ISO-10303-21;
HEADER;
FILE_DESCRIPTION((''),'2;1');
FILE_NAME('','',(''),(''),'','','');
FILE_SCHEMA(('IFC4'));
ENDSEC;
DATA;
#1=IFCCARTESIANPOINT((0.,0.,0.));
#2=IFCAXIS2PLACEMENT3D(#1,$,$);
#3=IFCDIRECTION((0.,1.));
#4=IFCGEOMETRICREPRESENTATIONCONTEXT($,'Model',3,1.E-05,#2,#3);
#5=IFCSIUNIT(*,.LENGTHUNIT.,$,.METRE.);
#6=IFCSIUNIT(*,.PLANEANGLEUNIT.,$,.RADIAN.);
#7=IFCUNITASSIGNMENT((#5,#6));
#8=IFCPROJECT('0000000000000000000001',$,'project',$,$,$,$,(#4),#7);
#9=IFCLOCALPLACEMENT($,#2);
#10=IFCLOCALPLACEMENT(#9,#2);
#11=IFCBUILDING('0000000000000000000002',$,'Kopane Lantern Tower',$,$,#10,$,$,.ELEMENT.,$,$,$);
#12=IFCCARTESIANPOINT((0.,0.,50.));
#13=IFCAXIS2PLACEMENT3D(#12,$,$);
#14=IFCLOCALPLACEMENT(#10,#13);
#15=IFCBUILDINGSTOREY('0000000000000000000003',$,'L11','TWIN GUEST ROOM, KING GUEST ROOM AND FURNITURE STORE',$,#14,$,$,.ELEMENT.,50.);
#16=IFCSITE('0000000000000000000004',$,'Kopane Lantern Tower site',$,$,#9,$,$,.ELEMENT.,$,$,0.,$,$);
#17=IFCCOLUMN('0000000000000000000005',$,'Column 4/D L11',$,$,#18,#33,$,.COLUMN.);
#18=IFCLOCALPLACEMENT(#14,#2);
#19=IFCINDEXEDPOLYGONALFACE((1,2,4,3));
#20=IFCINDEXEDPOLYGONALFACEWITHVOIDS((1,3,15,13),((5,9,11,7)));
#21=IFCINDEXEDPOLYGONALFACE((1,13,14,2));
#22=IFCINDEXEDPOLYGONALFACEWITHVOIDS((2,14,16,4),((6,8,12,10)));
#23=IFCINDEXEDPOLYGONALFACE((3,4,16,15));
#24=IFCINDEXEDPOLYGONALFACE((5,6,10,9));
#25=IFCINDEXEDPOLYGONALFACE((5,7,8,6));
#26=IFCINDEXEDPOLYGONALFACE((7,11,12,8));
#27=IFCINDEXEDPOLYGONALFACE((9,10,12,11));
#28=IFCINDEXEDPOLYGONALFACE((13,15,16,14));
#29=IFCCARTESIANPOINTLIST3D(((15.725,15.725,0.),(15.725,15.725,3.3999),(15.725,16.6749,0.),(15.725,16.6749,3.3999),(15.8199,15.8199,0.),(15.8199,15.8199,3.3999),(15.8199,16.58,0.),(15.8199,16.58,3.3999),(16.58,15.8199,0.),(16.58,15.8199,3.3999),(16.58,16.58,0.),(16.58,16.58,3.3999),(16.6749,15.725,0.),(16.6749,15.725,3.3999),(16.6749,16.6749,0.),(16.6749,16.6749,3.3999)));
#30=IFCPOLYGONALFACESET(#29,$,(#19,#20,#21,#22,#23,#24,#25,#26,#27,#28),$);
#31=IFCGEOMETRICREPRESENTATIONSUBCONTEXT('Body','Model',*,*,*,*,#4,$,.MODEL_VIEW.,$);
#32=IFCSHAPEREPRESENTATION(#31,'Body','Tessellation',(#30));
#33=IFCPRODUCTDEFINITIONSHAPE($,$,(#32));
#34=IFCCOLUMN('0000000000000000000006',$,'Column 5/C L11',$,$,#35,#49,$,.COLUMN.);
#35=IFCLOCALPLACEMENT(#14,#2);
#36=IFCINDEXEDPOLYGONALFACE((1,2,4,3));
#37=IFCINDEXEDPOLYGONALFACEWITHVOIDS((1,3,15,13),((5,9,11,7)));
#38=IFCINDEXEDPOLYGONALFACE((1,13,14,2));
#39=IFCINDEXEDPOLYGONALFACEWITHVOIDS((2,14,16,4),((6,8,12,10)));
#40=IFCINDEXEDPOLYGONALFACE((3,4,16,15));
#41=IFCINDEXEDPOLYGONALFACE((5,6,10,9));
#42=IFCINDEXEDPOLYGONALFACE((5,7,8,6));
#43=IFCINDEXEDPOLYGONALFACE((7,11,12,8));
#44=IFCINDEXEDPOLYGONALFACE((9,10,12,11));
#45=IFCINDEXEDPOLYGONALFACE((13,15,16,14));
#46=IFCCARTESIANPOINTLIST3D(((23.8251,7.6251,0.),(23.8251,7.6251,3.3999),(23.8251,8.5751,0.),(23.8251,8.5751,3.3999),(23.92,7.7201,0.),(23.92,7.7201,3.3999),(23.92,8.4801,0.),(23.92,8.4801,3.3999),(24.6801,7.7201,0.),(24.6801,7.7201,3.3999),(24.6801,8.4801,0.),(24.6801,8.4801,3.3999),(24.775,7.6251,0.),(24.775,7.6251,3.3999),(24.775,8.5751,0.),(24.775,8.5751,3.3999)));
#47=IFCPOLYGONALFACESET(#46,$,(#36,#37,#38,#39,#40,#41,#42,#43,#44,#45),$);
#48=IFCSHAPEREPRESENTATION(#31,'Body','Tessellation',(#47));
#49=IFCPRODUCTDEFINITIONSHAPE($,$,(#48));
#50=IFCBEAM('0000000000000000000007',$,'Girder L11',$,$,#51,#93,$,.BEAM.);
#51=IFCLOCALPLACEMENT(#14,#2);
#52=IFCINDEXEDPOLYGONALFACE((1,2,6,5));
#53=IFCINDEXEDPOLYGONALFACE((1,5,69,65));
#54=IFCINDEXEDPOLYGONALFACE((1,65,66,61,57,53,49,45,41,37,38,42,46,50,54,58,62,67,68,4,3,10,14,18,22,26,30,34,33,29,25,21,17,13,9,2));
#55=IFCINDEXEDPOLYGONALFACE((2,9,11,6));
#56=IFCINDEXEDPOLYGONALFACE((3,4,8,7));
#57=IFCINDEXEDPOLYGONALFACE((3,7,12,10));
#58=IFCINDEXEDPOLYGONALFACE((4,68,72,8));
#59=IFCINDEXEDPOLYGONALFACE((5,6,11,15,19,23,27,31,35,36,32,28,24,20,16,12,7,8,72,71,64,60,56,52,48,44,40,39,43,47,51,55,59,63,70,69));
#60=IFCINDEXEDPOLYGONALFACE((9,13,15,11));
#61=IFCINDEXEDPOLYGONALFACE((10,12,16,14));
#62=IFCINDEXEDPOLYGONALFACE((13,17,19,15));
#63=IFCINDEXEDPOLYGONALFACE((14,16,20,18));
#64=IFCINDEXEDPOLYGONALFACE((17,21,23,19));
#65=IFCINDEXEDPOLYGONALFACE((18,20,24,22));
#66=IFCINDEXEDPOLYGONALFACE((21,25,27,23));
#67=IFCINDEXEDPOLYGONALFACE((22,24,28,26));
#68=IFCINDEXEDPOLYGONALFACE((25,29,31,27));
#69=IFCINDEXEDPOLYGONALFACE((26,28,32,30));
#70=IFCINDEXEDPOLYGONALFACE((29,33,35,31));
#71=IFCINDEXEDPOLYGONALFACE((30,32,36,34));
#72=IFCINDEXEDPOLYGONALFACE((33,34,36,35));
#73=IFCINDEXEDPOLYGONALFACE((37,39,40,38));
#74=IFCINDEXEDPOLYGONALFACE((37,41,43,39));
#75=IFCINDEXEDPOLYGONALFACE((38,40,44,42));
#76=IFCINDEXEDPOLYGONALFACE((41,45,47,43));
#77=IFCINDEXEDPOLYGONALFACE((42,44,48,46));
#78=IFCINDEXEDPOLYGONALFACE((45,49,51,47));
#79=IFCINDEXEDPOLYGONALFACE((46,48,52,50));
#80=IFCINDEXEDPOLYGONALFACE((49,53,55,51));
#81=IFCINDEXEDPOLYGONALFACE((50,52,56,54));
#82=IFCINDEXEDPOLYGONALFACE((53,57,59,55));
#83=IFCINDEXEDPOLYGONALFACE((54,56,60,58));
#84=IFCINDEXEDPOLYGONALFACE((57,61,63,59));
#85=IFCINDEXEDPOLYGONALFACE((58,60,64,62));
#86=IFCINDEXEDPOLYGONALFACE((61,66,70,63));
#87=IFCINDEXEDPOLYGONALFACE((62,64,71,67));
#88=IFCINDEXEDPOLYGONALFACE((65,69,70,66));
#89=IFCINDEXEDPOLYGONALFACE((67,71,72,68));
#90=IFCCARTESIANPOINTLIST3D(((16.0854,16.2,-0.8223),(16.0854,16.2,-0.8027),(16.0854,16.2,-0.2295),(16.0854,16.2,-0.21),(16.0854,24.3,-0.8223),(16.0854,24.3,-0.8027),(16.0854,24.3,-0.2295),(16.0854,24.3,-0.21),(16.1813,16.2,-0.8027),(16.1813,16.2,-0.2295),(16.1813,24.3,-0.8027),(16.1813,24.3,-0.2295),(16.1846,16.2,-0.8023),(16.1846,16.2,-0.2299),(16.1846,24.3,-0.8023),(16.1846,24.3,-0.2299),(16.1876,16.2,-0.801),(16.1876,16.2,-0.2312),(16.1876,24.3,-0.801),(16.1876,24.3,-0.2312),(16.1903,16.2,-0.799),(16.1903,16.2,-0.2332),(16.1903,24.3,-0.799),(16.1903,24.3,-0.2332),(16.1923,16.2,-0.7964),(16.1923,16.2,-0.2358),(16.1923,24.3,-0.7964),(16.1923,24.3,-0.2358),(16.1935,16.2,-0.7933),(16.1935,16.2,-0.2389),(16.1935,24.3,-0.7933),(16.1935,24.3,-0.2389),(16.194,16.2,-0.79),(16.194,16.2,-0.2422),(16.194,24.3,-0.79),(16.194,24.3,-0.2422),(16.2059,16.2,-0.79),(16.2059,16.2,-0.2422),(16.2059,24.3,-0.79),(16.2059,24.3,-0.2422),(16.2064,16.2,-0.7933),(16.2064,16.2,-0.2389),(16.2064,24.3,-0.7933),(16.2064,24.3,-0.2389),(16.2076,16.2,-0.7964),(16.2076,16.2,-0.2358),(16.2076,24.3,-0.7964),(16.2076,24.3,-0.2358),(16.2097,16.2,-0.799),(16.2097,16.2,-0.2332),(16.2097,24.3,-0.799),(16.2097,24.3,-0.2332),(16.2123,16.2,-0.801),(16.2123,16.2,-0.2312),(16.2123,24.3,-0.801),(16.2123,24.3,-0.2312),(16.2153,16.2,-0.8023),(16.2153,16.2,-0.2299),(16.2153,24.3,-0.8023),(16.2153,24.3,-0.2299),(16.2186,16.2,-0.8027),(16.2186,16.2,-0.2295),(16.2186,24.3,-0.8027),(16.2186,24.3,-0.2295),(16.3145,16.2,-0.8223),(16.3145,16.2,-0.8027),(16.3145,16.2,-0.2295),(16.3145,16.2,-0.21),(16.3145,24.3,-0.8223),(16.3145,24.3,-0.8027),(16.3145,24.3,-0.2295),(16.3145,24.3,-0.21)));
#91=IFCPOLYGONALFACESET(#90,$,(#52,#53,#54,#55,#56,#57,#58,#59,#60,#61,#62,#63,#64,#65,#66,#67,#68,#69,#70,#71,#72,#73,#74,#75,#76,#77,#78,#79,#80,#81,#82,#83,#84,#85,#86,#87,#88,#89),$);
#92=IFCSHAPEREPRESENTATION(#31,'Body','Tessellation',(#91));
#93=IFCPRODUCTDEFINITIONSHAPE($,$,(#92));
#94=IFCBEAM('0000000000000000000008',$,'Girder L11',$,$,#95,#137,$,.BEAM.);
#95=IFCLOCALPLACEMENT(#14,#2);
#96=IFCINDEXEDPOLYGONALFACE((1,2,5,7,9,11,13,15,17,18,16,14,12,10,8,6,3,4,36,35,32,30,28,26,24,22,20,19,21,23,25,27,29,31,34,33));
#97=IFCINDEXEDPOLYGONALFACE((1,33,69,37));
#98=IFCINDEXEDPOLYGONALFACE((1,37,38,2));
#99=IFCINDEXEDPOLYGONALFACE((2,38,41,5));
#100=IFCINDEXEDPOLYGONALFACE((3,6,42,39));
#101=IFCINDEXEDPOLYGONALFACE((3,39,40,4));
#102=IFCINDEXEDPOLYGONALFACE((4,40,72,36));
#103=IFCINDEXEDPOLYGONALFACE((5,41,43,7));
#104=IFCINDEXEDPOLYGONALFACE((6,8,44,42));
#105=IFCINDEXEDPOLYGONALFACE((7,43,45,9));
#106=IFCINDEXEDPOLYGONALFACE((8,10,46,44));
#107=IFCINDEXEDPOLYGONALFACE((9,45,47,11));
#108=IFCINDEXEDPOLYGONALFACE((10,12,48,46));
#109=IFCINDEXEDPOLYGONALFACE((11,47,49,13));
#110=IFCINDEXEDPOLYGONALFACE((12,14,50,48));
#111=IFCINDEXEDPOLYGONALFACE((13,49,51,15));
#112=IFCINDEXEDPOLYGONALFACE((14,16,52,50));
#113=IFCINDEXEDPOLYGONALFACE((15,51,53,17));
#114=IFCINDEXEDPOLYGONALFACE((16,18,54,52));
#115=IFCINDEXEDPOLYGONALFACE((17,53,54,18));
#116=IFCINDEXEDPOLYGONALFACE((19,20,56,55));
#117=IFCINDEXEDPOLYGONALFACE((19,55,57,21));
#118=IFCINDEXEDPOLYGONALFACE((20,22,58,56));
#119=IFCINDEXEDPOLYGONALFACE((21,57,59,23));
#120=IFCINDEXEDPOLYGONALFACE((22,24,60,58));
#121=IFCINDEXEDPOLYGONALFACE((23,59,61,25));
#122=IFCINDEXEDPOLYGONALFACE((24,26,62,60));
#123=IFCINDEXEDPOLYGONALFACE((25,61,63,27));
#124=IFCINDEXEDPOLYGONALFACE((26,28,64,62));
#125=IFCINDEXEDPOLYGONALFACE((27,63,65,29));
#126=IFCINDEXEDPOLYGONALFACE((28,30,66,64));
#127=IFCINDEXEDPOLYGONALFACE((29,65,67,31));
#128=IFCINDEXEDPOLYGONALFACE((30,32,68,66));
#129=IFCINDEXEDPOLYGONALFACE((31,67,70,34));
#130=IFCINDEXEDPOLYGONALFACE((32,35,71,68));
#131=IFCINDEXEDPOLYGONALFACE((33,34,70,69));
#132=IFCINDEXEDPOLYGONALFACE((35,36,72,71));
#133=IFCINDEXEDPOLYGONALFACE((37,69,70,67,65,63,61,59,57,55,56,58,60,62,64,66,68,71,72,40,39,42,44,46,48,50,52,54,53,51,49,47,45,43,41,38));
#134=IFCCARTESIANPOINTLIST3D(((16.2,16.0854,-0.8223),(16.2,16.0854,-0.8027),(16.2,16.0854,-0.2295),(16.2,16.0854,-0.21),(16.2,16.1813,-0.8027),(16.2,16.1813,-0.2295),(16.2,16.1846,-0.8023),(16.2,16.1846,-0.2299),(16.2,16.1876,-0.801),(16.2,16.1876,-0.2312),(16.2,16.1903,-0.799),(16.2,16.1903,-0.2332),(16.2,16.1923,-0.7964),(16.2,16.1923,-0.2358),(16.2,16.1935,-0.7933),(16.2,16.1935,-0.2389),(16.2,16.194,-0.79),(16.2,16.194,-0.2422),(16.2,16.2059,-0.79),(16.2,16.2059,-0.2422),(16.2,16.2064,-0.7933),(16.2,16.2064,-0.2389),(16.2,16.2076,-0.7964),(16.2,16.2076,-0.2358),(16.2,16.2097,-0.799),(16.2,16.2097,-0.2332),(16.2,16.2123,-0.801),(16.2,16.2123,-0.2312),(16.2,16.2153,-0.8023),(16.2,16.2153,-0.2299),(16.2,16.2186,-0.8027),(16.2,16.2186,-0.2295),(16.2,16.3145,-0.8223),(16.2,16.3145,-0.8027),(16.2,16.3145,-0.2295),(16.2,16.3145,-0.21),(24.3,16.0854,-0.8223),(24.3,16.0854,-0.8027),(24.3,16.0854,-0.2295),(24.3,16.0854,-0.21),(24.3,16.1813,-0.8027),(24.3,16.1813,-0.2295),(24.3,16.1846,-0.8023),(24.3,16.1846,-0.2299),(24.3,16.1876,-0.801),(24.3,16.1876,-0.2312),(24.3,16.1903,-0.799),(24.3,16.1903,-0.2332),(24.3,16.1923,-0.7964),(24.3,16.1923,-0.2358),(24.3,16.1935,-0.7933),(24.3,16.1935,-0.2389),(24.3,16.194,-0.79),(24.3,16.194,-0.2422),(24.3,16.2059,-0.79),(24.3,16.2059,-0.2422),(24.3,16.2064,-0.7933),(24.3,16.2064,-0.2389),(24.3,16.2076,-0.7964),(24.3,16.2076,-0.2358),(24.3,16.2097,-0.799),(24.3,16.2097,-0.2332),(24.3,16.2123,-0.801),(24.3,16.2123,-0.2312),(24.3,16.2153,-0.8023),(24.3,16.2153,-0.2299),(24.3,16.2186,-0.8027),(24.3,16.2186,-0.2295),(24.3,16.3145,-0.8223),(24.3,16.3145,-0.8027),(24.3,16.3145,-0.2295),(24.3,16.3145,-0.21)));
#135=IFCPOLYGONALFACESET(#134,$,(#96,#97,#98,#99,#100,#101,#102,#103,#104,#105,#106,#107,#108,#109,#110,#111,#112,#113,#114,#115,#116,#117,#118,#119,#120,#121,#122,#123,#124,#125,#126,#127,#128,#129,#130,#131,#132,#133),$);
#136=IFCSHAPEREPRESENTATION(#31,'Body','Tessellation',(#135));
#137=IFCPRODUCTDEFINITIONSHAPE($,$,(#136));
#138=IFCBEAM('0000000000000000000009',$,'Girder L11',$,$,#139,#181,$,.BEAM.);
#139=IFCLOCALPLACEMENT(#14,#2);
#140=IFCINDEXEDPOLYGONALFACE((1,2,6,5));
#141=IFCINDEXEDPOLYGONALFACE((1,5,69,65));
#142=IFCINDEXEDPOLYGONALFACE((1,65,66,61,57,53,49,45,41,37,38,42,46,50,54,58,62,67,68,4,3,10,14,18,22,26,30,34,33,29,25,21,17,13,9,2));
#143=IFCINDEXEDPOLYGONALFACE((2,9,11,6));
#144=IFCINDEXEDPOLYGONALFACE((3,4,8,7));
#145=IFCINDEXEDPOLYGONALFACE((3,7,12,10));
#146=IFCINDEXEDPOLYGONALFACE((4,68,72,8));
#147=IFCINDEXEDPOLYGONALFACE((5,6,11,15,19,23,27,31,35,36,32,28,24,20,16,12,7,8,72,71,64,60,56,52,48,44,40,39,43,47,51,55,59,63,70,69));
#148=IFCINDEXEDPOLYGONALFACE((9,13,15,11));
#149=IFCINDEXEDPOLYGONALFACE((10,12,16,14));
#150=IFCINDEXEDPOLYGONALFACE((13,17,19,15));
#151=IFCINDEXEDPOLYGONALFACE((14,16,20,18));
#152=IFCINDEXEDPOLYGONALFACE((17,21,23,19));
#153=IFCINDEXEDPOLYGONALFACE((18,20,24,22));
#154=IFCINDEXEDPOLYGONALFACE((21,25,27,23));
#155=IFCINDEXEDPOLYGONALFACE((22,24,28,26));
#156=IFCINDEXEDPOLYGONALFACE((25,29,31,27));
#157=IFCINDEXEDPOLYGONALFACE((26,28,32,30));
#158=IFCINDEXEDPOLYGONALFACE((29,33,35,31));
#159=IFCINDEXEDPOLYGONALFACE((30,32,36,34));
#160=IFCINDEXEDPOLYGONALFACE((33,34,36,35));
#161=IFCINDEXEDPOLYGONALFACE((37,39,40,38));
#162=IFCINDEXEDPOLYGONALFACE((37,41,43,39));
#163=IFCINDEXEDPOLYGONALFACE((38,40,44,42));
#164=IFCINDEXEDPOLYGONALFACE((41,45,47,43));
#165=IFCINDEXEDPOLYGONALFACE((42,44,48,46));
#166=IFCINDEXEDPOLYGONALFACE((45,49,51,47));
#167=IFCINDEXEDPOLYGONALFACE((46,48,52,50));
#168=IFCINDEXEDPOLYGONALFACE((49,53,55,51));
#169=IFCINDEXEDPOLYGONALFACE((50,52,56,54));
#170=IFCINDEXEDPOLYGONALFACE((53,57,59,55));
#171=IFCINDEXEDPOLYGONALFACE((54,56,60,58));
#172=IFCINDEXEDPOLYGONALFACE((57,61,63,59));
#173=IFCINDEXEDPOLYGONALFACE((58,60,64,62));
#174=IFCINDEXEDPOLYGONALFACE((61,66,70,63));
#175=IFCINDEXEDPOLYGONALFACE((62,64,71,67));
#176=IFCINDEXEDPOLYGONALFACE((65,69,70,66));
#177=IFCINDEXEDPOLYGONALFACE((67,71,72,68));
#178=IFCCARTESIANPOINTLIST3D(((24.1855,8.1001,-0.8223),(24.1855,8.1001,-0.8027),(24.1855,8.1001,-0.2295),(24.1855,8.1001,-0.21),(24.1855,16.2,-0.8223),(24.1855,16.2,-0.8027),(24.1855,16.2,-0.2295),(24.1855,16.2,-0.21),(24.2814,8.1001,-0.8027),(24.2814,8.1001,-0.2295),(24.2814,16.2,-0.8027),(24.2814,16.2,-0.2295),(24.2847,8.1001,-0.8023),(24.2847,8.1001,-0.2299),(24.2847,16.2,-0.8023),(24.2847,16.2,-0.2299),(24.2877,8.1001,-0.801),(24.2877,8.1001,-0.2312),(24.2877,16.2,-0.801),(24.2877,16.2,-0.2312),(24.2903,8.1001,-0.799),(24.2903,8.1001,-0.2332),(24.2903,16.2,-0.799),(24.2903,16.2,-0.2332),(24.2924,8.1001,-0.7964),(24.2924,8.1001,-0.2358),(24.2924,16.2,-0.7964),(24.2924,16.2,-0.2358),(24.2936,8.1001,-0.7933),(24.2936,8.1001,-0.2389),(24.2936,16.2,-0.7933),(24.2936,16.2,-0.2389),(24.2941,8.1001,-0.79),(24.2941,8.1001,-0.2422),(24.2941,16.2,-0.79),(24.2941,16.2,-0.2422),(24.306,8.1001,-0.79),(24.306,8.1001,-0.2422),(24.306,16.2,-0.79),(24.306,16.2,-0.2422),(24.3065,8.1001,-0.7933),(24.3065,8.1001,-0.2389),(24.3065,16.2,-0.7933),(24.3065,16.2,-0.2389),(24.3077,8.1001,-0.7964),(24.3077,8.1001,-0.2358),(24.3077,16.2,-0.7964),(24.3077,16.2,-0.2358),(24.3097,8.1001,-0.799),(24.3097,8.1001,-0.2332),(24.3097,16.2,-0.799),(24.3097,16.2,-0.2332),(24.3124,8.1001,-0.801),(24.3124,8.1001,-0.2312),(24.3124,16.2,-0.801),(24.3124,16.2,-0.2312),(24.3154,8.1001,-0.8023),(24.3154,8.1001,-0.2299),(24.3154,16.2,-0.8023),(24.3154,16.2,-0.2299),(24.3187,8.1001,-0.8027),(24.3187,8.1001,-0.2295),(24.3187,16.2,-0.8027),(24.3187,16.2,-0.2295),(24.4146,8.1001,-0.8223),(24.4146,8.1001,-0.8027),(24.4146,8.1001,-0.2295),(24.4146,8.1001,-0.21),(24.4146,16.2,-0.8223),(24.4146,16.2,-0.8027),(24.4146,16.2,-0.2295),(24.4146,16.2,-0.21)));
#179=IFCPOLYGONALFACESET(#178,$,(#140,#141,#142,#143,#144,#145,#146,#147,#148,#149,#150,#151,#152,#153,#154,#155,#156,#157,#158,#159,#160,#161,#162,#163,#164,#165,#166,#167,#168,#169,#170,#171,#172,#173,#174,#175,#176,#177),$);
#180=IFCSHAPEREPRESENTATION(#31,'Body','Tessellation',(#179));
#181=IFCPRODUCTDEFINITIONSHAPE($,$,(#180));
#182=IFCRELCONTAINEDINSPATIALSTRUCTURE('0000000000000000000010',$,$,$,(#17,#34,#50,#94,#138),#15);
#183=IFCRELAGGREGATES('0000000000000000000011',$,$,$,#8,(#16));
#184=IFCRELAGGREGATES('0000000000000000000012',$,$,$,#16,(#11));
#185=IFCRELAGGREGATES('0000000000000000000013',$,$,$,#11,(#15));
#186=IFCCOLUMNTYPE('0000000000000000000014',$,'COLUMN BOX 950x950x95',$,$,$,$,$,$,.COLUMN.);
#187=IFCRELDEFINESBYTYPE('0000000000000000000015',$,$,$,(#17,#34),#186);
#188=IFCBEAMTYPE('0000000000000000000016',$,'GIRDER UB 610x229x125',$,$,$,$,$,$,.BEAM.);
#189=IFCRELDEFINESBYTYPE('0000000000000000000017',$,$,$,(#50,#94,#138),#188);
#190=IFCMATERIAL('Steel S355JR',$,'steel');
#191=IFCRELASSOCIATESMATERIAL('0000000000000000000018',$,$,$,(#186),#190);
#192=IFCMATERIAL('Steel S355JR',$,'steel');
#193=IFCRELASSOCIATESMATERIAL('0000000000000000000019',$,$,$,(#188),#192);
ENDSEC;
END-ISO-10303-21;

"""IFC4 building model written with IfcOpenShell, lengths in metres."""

from ifc_helpers import new_model, si_unit, direction, frame, origin, origin_2d, place, context, subcontext, project, spatial, hollow_rectangle, i_section, extrude, material, material_profile, profile_set, type_object, element, save


model = new_model("IFC4")

# Units and contexts
model_context = context("Model", 3, precision=1e-05, world=origin(), true_north=direction((0.0, 1.0)))
body_context = subcontext(model_context, "Body", "Model", "MODEL_VIEW")
ifc_project = project(units=[si_unit("LENGTHUNIT", "METRE"), si_unit("PLANEANGLEUNIT", "RADIAN")], contexts=[model_context])

# Site, building, storey
site_placement = place(None, origin())
site = spatial("IfcSite", under=ifc_project, at=site_placement, Name="Kopane Lantern Tower site", CompositionType="ELEMENT", RefElevation=0.0)
building_placement = place(site_placement, origin())
building = spatial("IfcBuilding", under=site, at=building_placement, Name="Kopane Lantern Tower", CompositionType="ELEMENT")
storey_placement = place(building_placement, frame((0.0, 0.0, 50.0)))
storey = spatial("IfcBuildingStorey", under=building, at=storey_placement, Name="L11", Description="TWIN GUEST ROOM, KING GUEST ROOM AND FURNITURE STORE", CompositionType="ELEMENT", Elevation=50.0)

# Columns
ifc_material_1 = material(Name="Steel S355JR", Category="steel")
ifc_material_profile_1 = material_profile(ifc_material_1, hollow_rectangle(XDim=0.95, YDim=0.95, WallThickness=0.095, at=origin_2d()), Name="BOX 950x950x95")
ifc_profile_set_1 = profile_set([ifc_material_profile_1], Name="Steel S355JR")
column_type = type_object("IfcColumnType", Name="COLUMN BOX 950x950x95", PredefinedType="COLUMN", material=ifc_profile_set_1)
for number, where, z_axis, x_axis, name in (
    (1, (16.2, 16.2, 0.0), (0.0, 0.0, 1.0), (1.0, 0.0, 0.0), "Column 4/D L11"),
    (2, (24.3, 8.1001, 0.0), (0.0, 0.0, 1.0), (1.0, 0.0, 0.0), "Column 5/C L11"),
):
    element("IfcColumn", number, at=place(storey_placement, frame(where, z_axis=z_axis, x_axis=x_axis)), inside=storey, type_object=column_type, Name=name, PredefinedType="COLUMN", context=body_context, shape_type="SweptSolid", body=[
        extrude(hollow_rectangle(XDim=0.95, YDim=0.95, WallThickness=0.095, at=origin_2d()), origin(), (0.0, 0.0, 1.0), 3.3999),
    ])

# Beams
ifc_material_2 = material(Name="Steel S355JR", Category="steel")
ifc_material_profile_2 = material_profile(ifc_material_2, i_section(OverallWidth=0.229, OverallDepth=0.6123, WebThickness=0.012, FlangeThickness=0.0195, FilletRadius=0.0127, at=origin_2d()), Name="UB 610x229x125")
ifc_profile_set_2 = profile_set([ifc_material_profile_2], Name="Steel S355JR")
beam_type = type_object("IfcBeamType", Name="GIRDER UB 610x229x125", PredefinedType="BEAM", material=ifc_profile_set_2)
for number, where, z_axis, x_axis, name in (
    (3, (16.2, 16.2, -0.5161), (0.0, 1.0, 0.0), (-1.0, 0.0, 0.0), "Girder L11"),
    (4, (16.2, 16.2, -0.5161), (1.0, 0.0, 0.0), (0.0, 1.0, 0.0), "Girder L11"),
):
    element("IfcBeam", number, at=place(storey_placement, frame(where, z_axis=z_axis, x_axis=x_axis)), inside=storey, type_object=beam_type, Name=name, PredefinedType="BEAM", context=body_context, shape_type="SweptSolid", body=[
        extrude(i_section(OverallWidth=0.229, OverallDepth=0.6123, WebThickness=0.012, FlangeThickness=0.0195, FilletRadius=0.0127, at=origin_2d()), origin(), (0.0, 0.0, 1.0), 8.1001),
    ])
for number, where, z_axis, x_axis, name in (
    (5, (24.3, 8.1001, -0.5161), (0.0, 1.0, 0.0), (-1.0, 0.0, 0.0), "Girder L11"),
):
    element("IfcBeam", number, at=place(storey_placement, frame(where, z_axis=z_axis, x_axis=x_axis)), inside=storey, type_object=beam_type, Name=name, PredefinedType="BEAM", context=body_context, shape_type="SweptSolid", body=[
        extrude(i_section(OverallWidth=0.229, OverallDepth=0.6123, WebThickness=0.012, FlangeThickness=0.0195, FilletRadius=0.0127, at=origin_2d()), origin(), (0.0, 0.0, 1.0), 8.0999),
    ])

save(model, "model.ifc")
